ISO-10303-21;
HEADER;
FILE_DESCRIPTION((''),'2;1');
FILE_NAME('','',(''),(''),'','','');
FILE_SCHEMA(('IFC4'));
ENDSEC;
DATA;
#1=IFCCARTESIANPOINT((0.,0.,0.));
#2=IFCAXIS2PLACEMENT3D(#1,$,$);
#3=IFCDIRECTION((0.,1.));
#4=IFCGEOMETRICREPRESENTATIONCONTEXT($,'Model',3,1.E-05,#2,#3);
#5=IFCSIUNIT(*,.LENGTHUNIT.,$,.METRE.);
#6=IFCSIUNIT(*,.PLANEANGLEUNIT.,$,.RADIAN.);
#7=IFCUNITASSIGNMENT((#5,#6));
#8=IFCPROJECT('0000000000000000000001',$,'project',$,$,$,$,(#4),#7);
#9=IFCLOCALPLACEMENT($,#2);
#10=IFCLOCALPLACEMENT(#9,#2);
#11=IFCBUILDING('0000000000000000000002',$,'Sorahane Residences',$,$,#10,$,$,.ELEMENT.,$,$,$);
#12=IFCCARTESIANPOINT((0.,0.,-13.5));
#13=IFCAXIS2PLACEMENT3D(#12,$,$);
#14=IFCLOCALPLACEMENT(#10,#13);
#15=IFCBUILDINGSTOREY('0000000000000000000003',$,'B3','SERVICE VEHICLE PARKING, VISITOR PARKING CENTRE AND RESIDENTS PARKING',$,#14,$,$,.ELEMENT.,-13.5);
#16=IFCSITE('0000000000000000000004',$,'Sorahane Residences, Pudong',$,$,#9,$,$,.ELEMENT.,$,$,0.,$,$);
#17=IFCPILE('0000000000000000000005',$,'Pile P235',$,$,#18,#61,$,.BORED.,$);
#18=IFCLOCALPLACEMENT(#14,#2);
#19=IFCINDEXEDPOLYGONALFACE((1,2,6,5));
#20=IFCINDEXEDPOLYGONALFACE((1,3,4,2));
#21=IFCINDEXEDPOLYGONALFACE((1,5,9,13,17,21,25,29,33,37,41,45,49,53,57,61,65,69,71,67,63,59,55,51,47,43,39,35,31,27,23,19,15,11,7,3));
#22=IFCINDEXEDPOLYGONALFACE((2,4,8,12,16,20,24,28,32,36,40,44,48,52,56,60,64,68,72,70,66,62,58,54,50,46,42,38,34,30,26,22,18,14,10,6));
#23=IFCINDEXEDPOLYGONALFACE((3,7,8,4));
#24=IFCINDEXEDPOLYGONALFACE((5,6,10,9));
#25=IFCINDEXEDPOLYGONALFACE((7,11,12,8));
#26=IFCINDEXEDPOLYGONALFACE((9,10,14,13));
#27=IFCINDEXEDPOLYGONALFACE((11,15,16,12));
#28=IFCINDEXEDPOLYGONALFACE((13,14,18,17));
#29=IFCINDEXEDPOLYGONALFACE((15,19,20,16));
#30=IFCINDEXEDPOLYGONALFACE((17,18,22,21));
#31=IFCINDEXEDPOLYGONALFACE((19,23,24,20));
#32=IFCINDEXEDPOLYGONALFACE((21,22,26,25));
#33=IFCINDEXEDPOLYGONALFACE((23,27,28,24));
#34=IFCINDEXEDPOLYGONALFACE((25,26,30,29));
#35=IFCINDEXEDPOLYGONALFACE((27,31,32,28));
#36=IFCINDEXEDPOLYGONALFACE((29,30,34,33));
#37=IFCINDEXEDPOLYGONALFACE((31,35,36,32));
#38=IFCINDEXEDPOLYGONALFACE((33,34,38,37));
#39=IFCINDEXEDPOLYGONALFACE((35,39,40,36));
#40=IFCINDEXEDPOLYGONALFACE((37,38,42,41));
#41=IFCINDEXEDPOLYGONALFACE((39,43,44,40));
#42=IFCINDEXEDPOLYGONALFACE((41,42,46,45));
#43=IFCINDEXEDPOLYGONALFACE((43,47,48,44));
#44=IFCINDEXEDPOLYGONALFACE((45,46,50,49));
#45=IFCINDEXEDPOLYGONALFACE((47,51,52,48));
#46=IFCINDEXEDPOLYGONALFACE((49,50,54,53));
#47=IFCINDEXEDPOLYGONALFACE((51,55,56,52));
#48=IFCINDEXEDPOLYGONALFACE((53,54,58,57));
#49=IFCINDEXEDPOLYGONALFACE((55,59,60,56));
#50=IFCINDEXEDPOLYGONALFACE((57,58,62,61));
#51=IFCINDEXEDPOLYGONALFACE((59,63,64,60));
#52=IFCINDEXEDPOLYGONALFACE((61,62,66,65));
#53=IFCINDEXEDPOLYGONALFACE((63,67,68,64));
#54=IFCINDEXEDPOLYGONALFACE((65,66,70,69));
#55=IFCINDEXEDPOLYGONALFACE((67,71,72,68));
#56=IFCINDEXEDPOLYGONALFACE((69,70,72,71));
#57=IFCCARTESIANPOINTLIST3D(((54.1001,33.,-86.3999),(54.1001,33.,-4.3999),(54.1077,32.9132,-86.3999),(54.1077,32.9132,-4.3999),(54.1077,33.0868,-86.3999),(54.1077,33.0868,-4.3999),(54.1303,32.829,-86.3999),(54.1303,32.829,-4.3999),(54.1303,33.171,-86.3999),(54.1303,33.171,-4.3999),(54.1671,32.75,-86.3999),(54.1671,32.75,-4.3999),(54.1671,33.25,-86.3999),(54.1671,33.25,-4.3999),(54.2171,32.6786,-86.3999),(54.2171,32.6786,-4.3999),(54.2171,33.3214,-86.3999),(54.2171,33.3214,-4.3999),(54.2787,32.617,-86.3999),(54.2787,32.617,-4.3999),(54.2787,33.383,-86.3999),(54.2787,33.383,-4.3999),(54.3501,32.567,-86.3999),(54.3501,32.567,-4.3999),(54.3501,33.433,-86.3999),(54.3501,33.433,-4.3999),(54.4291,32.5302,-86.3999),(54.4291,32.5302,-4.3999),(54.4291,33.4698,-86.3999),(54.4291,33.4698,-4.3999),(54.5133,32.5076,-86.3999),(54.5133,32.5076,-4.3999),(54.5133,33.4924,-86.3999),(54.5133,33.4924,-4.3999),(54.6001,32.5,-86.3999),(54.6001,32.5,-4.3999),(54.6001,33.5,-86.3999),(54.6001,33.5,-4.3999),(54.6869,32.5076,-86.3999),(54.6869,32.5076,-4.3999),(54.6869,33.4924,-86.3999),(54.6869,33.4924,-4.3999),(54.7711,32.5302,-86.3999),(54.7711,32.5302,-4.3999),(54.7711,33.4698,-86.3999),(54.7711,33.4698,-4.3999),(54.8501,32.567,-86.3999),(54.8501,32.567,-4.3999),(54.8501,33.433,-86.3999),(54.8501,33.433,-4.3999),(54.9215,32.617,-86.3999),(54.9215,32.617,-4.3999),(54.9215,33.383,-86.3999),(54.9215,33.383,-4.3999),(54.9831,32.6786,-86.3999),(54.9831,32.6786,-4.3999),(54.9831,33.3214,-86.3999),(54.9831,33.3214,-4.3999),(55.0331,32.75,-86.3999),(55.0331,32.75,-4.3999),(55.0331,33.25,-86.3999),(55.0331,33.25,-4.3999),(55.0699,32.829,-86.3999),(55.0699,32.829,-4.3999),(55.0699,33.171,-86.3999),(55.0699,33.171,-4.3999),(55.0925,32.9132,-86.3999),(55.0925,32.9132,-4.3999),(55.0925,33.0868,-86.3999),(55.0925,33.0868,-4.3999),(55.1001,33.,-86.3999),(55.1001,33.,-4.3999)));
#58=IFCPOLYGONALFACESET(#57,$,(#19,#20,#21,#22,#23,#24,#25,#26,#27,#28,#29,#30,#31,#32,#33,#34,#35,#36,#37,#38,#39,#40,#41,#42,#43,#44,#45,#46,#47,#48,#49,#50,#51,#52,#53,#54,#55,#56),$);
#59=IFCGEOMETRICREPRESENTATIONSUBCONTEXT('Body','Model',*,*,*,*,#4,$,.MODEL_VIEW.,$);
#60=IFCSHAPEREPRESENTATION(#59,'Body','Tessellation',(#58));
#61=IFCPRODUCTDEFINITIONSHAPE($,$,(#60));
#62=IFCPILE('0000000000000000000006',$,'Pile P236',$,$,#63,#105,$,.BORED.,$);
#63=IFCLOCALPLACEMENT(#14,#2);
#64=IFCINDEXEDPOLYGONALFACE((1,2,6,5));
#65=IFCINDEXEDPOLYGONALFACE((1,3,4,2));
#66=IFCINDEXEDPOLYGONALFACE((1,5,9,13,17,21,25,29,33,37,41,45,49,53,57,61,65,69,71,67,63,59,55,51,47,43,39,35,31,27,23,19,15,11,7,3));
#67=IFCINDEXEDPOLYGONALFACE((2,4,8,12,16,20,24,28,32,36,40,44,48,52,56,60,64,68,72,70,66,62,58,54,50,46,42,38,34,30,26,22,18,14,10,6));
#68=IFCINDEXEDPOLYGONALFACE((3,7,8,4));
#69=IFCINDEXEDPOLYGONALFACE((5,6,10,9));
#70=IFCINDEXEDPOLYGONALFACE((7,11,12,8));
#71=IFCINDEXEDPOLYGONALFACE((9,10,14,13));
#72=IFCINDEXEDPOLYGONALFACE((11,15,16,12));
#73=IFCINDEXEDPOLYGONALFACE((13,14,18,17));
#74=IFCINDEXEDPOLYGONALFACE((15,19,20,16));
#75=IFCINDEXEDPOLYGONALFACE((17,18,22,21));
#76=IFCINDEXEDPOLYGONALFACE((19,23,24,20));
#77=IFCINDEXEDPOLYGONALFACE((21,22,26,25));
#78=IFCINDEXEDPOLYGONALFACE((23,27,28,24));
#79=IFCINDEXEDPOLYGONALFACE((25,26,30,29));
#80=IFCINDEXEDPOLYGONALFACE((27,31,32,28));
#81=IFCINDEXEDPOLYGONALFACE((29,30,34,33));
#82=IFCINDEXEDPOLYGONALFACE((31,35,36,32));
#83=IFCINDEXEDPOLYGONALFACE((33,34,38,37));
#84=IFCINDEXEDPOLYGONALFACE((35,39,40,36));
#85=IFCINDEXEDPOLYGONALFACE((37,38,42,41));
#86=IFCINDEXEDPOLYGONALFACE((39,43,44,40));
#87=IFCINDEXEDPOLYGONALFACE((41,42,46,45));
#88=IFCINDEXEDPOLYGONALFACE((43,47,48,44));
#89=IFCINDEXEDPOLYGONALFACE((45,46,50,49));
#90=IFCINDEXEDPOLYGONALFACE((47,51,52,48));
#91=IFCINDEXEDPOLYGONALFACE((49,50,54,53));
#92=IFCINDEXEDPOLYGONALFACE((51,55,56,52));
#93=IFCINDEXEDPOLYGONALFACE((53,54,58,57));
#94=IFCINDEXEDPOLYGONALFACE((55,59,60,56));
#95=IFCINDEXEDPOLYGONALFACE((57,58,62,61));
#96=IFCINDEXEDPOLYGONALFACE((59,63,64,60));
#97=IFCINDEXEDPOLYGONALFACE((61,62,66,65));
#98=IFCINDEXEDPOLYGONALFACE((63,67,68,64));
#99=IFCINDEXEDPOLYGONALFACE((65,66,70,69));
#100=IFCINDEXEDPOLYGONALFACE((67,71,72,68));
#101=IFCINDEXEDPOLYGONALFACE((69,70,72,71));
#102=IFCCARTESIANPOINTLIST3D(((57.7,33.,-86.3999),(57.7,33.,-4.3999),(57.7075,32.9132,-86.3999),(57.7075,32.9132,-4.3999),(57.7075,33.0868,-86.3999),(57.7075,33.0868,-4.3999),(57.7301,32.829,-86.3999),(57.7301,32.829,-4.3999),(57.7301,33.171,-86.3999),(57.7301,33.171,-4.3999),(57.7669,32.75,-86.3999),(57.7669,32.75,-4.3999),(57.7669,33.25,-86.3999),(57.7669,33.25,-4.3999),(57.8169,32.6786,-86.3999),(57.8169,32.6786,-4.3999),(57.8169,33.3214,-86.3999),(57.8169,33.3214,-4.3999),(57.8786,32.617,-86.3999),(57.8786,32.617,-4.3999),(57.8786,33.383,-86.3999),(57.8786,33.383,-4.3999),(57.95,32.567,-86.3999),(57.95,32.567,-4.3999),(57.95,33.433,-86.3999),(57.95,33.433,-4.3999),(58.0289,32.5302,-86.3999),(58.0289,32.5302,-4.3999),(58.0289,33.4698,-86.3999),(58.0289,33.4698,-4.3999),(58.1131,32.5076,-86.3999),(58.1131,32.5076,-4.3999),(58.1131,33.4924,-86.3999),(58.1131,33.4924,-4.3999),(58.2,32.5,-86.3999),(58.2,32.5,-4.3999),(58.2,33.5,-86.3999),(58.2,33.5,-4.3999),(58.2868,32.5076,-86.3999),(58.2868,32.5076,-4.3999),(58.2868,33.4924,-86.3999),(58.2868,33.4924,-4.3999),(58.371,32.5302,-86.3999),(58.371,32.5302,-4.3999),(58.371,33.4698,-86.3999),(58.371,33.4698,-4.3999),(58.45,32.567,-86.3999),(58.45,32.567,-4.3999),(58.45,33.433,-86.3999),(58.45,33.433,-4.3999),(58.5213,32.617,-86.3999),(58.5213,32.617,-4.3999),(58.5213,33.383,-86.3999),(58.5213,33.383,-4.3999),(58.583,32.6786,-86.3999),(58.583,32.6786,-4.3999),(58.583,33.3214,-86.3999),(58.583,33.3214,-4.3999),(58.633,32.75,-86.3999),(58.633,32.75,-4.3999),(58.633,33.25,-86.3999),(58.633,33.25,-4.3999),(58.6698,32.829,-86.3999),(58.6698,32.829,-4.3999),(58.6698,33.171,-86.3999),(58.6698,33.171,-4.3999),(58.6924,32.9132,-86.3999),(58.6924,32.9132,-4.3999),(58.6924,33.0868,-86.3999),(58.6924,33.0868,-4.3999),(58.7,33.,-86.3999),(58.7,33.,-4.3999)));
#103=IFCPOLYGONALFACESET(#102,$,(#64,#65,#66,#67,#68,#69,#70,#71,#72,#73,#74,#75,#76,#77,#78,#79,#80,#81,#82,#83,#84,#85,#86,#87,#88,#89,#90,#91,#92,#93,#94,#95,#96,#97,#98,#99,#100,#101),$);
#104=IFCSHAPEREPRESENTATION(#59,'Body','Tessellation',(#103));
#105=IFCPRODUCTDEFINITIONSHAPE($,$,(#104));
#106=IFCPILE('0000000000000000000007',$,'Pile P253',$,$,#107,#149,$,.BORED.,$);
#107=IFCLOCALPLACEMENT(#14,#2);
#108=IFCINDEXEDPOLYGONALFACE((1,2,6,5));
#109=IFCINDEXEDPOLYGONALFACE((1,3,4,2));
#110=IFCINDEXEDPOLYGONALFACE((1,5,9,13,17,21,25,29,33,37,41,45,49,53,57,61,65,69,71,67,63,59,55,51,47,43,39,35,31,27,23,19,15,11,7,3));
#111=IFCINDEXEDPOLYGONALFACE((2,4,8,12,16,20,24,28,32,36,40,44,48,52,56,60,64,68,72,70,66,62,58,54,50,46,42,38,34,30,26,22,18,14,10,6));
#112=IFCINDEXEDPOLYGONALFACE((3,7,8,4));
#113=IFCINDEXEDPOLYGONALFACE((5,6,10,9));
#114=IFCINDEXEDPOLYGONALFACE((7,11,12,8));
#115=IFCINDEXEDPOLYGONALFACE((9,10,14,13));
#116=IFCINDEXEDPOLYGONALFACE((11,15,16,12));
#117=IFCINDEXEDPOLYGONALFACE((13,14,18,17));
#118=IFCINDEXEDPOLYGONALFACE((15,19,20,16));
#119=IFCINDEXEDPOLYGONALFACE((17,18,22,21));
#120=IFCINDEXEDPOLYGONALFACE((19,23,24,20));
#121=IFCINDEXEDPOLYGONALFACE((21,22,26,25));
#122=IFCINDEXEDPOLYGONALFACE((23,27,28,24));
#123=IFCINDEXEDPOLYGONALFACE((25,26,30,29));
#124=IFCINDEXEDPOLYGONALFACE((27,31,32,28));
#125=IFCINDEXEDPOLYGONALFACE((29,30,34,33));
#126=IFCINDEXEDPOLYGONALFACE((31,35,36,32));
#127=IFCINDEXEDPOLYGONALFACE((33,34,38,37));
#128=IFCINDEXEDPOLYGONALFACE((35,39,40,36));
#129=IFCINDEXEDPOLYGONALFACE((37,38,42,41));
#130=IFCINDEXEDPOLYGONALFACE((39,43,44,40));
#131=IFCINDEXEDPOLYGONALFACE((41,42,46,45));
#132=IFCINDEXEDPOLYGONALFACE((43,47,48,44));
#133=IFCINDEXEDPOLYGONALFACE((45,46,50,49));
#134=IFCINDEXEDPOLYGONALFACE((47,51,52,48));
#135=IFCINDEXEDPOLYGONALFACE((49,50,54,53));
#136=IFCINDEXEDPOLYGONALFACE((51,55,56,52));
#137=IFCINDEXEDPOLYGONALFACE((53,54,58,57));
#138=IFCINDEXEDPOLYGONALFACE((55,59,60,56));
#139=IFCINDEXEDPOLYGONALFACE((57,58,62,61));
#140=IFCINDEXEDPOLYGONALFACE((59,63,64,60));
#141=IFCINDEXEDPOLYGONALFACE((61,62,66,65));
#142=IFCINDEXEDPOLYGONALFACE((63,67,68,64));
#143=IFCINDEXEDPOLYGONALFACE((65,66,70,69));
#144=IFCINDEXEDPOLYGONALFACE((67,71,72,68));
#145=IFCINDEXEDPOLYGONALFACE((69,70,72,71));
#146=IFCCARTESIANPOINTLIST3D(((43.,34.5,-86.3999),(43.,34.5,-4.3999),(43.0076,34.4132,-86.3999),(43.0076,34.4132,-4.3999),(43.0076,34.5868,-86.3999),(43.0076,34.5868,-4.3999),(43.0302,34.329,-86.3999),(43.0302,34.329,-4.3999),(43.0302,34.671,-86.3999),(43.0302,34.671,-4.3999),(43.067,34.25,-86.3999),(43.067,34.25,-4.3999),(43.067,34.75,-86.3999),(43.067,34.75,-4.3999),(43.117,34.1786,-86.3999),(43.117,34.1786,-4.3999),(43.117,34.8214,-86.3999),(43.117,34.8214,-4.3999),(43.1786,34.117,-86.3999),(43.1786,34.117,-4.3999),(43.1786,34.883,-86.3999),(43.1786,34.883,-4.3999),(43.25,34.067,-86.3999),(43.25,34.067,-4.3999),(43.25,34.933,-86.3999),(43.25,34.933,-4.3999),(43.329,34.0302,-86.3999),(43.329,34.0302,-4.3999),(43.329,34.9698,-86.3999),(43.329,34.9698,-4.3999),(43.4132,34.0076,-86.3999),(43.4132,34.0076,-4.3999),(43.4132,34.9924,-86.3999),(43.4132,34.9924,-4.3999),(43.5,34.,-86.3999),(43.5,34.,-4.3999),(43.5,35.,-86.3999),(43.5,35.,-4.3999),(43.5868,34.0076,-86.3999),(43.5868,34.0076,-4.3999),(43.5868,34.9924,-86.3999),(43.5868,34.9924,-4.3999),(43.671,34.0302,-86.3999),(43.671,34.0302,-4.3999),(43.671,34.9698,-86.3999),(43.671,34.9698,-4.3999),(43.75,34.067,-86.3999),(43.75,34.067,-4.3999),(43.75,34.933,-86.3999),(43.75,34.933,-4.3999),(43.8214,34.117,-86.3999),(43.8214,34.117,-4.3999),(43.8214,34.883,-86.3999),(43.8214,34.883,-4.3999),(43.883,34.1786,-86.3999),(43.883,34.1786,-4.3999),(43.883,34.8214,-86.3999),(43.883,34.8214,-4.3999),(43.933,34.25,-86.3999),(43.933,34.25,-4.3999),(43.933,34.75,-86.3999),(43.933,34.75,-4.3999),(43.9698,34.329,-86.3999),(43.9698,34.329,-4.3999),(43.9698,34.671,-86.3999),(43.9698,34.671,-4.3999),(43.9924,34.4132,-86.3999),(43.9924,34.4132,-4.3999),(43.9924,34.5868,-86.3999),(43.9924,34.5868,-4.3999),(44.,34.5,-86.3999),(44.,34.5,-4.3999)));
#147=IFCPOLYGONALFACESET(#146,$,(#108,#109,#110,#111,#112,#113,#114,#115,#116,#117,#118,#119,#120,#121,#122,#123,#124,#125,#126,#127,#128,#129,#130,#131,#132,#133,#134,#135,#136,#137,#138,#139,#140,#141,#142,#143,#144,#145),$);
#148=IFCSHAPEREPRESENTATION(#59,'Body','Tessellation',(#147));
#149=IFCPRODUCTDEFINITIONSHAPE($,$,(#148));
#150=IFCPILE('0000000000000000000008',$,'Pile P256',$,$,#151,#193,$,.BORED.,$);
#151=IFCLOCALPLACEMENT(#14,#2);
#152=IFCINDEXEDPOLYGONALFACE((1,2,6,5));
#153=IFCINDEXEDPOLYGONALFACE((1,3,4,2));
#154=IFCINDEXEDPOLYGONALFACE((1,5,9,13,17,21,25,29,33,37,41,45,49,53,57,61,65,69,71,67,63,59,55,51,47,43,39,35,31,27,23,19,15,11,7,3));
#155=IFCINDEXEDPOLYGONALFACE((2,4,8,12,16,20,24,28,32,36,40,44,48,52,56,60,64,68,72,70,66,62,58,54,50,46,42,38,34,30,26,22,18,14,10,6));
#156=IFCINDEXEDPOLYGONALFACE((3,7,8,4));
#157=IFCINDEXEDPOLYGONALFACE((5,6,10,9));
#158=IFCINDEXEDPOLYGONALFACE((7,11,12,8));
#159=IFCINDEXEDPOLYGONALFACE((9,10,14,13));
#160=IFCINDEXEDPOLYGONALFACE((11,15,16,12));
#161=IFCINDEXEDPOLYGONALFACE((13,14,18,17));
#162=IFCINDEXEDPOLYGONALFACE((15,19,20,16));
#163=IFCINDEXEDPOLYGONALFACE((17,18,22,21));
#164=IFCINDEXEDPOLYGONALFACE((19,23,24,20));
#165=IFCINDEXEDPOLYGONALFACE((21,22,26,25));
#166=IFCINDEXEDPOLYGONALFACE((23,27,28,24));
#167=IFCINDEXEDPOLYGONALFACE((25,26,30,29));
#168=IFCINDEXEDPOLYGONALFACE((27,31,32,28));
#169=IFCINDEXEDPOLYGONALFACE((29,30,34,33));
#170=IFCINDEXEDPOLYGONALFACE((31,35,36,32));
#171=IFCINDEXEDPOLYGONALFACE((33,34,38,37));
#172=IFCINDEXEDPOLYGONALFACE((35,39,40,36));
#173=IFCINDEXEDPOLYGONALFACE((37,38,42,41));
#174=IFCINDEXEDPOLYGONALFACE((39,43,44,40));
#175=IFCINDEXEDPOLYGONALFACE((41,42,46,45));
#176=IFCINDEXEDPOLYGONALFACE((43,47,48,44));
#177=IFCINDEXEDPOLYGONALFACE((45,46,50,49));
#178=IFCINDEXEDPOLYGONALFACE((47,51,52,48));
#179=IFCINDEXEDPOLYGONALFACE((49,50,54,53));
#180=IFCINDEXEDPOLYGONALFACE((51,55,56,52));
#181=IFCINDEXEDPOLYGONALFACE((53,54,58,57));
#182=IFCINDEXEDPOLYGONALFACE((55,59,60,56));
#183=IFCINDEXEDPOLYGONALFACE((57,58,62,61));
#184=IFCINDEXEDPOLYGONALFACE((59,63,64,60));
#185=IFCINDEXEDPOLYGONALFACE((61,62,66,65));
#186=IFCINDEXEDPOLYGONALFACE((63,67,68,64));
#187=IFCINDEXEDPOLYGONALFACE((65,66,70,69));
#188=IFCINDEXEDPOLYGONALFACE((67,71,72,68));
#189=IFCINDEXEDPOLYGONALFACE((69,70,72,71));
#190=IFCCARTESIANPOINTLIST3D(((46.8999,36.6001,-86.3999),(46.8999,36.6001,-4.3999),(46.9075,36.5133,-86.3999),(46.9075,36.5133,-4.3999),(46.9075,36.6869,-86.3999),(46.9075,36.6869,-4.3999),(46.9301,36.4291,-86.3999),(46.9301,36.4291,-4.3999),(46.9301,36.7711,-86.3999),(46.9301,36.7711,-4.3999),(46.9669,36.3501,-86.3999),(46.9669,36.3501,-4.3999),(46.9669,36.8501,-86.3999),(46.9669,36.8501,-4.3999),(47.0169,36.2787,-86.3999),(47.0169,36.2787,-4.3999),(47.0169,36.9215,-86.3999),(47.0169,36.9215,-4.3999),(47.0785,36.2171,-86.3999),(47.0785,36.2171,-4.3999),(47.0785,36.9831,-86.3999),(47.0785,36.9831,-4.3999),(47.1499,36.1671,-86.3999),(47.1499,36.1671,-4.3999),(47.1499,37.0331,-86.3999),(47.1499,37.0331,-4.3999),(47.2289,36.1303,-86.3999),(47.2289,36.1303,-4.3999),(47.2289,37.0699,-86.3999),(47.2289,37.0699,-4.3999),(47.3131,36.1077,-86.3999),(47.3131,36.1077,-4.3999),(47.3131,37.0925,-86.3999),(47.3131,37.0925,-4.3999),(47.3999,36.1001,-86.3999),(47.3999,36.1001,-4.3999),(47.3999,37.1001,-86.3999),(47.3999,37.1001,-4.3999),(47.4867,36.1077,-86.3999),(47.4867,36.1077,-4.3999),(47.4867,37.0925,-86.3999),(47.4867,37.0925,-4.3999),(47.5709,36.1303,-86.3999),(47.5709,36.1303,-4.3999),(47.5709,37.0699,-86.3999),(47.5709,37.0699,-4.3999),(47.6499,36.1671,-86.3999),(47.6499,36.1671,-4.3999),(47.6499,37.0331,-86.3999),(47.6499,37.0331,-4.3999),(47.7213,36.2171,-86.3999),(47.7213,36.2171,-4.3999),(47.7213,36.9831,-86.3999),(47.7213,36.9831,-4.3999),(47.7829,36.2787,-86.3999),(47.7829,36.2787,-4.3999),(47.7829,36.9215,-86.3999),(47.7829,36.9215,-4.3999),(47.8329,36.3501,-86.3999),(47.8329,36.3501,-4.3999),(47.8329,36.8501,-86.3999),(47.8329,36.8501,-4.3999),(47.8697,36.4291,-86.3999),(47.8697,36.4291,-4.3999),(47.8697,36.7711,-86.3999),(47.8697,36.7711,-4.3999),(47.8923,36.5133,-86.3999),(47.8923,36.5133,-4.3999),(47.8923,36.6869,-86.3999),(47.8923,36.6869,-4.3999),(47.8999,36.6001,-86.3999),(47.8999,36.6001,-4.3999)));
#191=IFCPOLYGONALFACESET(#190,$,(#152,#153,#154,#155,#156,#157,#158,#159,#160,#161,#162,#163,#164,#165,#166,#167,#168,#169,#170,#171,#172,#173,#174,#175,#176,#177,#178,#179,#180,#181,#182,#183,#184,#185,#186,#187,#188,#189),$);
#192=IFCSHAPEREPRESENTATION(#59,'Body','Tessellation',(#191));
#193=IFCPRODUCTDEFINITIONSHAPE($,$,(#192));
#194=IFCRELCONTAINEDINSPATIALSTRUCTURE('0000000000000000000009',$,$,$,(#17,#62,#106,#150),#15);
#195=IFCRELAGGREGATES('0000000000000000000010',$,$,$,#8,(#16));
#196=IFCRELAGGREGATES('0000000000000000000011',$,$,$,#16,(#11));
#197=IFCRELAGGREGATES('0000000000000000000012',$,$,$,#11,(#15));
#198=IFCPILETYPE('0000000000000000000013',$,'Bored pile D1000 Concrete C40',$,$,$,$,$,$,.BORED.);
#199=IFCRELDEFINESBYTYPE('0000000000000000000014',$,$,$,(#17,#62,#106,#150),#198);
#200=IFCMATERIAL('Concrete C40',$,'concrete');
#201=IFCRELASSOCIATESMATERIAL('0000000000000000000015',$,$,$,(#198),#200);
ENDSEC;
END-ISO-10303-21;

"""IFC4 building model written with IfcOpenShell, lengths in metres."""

from ifc_helpers import new_model, si_unit, direction, frame, origin, origin_2d, place, context, subcontext, project, spatial, circle, extrude, material, material_profile, profile_set, type_object, element, save


model = new_model("IFC4")

# Units and contexts
model_context = context("Model", 3, precision=1e-05, world=origin(), true_north=direction((0.0, 1.0)))
body_context = subcontext(model_context, "Body", "Model", "MODEL_VIEW")
ifc_project = project(units=[si_unit("LENGTHUNIT", "METRE"), si_unit("PLANEANGLEUNIT", "RADIAN")], contexts=[model_context])

# Site, building, storey
site_placement = place(None, origin())
site = spatial("IfcSite", under=ifc_project, at=site_placement, Name="Sorahane Residences, Pudong", CompositionType="ELEMENT", RefElevation=0.0)
building_placement = place(site_placement, origin())
building = spatial("IfcBuilding", under=site, at=building_placement, Name="Sorahane Residences", CompositionType="ELEMENT")
storey_placement = place(building_placement, frame((0.0, 0.0, -13.5)))
storey = spatial("IfcBuildingStorey", under=building, at=storey_placement, Name="B3", Description="SERVICE VEHICLE PARKING, VISITOR PARKING CENTRE AND RESIDENTS PARKING", CompositionType="ELEMENT", Elevation=-13.5)

# Piles
ifc_material_1 = material(Name="Concrete C40", Category="concrete")
ifc_material_profile_1 = material_profile(ifc_material_1, circle(Radius=0.5, at=origin_2d()), Name="D1000")
ifc_profile_set_1 = profile_set([ifc_material_profile_1], Name="Concrete C40")
pile_type = type_object("IfcPileType", Name="Bored pile D1000 Concrete C40", PredefinedType="BORED", material=ifc_profile_set_1)
for number, where, z_axis, x_axis, name in (
    (1, (54.6001, 33.0, -4.3999), (0.0, 0.0, -1.0), (1.0, 0.0, 0.0), "Pile P235"),
    (2, (58.2, 33.0, -4.3999), (0.0, 0.0, -1.0), (1.0, 0.0, 0.0), "Pile P236"),
    (3, (43.5, 34.5, -4.3999), (0.0, 0.0, -1.0), (1.0, 0.0, 0.0), "Pile P253"),
    (4, (47.3999, 36.6001, -4.3999), (0.0, 0.0, -1.0), (1.0, 0.0, 0.0), "Pile P256"),
):
    element("IfcPile", number, at=place(storey_placement, frame(where, z_axis=z_axis, x_axis=x_axis)), inside=storey, type_object=pile_type, Name=name, PredefinedType="BORED", context=body_context, shape_type="SweptSolid", body=[
        extrude(circle(Radius=0.5, at=origin_2d()), origin(), (0.0, 0.0, 1.0), 82.0),
    ])

save(model, "model.ifc")
